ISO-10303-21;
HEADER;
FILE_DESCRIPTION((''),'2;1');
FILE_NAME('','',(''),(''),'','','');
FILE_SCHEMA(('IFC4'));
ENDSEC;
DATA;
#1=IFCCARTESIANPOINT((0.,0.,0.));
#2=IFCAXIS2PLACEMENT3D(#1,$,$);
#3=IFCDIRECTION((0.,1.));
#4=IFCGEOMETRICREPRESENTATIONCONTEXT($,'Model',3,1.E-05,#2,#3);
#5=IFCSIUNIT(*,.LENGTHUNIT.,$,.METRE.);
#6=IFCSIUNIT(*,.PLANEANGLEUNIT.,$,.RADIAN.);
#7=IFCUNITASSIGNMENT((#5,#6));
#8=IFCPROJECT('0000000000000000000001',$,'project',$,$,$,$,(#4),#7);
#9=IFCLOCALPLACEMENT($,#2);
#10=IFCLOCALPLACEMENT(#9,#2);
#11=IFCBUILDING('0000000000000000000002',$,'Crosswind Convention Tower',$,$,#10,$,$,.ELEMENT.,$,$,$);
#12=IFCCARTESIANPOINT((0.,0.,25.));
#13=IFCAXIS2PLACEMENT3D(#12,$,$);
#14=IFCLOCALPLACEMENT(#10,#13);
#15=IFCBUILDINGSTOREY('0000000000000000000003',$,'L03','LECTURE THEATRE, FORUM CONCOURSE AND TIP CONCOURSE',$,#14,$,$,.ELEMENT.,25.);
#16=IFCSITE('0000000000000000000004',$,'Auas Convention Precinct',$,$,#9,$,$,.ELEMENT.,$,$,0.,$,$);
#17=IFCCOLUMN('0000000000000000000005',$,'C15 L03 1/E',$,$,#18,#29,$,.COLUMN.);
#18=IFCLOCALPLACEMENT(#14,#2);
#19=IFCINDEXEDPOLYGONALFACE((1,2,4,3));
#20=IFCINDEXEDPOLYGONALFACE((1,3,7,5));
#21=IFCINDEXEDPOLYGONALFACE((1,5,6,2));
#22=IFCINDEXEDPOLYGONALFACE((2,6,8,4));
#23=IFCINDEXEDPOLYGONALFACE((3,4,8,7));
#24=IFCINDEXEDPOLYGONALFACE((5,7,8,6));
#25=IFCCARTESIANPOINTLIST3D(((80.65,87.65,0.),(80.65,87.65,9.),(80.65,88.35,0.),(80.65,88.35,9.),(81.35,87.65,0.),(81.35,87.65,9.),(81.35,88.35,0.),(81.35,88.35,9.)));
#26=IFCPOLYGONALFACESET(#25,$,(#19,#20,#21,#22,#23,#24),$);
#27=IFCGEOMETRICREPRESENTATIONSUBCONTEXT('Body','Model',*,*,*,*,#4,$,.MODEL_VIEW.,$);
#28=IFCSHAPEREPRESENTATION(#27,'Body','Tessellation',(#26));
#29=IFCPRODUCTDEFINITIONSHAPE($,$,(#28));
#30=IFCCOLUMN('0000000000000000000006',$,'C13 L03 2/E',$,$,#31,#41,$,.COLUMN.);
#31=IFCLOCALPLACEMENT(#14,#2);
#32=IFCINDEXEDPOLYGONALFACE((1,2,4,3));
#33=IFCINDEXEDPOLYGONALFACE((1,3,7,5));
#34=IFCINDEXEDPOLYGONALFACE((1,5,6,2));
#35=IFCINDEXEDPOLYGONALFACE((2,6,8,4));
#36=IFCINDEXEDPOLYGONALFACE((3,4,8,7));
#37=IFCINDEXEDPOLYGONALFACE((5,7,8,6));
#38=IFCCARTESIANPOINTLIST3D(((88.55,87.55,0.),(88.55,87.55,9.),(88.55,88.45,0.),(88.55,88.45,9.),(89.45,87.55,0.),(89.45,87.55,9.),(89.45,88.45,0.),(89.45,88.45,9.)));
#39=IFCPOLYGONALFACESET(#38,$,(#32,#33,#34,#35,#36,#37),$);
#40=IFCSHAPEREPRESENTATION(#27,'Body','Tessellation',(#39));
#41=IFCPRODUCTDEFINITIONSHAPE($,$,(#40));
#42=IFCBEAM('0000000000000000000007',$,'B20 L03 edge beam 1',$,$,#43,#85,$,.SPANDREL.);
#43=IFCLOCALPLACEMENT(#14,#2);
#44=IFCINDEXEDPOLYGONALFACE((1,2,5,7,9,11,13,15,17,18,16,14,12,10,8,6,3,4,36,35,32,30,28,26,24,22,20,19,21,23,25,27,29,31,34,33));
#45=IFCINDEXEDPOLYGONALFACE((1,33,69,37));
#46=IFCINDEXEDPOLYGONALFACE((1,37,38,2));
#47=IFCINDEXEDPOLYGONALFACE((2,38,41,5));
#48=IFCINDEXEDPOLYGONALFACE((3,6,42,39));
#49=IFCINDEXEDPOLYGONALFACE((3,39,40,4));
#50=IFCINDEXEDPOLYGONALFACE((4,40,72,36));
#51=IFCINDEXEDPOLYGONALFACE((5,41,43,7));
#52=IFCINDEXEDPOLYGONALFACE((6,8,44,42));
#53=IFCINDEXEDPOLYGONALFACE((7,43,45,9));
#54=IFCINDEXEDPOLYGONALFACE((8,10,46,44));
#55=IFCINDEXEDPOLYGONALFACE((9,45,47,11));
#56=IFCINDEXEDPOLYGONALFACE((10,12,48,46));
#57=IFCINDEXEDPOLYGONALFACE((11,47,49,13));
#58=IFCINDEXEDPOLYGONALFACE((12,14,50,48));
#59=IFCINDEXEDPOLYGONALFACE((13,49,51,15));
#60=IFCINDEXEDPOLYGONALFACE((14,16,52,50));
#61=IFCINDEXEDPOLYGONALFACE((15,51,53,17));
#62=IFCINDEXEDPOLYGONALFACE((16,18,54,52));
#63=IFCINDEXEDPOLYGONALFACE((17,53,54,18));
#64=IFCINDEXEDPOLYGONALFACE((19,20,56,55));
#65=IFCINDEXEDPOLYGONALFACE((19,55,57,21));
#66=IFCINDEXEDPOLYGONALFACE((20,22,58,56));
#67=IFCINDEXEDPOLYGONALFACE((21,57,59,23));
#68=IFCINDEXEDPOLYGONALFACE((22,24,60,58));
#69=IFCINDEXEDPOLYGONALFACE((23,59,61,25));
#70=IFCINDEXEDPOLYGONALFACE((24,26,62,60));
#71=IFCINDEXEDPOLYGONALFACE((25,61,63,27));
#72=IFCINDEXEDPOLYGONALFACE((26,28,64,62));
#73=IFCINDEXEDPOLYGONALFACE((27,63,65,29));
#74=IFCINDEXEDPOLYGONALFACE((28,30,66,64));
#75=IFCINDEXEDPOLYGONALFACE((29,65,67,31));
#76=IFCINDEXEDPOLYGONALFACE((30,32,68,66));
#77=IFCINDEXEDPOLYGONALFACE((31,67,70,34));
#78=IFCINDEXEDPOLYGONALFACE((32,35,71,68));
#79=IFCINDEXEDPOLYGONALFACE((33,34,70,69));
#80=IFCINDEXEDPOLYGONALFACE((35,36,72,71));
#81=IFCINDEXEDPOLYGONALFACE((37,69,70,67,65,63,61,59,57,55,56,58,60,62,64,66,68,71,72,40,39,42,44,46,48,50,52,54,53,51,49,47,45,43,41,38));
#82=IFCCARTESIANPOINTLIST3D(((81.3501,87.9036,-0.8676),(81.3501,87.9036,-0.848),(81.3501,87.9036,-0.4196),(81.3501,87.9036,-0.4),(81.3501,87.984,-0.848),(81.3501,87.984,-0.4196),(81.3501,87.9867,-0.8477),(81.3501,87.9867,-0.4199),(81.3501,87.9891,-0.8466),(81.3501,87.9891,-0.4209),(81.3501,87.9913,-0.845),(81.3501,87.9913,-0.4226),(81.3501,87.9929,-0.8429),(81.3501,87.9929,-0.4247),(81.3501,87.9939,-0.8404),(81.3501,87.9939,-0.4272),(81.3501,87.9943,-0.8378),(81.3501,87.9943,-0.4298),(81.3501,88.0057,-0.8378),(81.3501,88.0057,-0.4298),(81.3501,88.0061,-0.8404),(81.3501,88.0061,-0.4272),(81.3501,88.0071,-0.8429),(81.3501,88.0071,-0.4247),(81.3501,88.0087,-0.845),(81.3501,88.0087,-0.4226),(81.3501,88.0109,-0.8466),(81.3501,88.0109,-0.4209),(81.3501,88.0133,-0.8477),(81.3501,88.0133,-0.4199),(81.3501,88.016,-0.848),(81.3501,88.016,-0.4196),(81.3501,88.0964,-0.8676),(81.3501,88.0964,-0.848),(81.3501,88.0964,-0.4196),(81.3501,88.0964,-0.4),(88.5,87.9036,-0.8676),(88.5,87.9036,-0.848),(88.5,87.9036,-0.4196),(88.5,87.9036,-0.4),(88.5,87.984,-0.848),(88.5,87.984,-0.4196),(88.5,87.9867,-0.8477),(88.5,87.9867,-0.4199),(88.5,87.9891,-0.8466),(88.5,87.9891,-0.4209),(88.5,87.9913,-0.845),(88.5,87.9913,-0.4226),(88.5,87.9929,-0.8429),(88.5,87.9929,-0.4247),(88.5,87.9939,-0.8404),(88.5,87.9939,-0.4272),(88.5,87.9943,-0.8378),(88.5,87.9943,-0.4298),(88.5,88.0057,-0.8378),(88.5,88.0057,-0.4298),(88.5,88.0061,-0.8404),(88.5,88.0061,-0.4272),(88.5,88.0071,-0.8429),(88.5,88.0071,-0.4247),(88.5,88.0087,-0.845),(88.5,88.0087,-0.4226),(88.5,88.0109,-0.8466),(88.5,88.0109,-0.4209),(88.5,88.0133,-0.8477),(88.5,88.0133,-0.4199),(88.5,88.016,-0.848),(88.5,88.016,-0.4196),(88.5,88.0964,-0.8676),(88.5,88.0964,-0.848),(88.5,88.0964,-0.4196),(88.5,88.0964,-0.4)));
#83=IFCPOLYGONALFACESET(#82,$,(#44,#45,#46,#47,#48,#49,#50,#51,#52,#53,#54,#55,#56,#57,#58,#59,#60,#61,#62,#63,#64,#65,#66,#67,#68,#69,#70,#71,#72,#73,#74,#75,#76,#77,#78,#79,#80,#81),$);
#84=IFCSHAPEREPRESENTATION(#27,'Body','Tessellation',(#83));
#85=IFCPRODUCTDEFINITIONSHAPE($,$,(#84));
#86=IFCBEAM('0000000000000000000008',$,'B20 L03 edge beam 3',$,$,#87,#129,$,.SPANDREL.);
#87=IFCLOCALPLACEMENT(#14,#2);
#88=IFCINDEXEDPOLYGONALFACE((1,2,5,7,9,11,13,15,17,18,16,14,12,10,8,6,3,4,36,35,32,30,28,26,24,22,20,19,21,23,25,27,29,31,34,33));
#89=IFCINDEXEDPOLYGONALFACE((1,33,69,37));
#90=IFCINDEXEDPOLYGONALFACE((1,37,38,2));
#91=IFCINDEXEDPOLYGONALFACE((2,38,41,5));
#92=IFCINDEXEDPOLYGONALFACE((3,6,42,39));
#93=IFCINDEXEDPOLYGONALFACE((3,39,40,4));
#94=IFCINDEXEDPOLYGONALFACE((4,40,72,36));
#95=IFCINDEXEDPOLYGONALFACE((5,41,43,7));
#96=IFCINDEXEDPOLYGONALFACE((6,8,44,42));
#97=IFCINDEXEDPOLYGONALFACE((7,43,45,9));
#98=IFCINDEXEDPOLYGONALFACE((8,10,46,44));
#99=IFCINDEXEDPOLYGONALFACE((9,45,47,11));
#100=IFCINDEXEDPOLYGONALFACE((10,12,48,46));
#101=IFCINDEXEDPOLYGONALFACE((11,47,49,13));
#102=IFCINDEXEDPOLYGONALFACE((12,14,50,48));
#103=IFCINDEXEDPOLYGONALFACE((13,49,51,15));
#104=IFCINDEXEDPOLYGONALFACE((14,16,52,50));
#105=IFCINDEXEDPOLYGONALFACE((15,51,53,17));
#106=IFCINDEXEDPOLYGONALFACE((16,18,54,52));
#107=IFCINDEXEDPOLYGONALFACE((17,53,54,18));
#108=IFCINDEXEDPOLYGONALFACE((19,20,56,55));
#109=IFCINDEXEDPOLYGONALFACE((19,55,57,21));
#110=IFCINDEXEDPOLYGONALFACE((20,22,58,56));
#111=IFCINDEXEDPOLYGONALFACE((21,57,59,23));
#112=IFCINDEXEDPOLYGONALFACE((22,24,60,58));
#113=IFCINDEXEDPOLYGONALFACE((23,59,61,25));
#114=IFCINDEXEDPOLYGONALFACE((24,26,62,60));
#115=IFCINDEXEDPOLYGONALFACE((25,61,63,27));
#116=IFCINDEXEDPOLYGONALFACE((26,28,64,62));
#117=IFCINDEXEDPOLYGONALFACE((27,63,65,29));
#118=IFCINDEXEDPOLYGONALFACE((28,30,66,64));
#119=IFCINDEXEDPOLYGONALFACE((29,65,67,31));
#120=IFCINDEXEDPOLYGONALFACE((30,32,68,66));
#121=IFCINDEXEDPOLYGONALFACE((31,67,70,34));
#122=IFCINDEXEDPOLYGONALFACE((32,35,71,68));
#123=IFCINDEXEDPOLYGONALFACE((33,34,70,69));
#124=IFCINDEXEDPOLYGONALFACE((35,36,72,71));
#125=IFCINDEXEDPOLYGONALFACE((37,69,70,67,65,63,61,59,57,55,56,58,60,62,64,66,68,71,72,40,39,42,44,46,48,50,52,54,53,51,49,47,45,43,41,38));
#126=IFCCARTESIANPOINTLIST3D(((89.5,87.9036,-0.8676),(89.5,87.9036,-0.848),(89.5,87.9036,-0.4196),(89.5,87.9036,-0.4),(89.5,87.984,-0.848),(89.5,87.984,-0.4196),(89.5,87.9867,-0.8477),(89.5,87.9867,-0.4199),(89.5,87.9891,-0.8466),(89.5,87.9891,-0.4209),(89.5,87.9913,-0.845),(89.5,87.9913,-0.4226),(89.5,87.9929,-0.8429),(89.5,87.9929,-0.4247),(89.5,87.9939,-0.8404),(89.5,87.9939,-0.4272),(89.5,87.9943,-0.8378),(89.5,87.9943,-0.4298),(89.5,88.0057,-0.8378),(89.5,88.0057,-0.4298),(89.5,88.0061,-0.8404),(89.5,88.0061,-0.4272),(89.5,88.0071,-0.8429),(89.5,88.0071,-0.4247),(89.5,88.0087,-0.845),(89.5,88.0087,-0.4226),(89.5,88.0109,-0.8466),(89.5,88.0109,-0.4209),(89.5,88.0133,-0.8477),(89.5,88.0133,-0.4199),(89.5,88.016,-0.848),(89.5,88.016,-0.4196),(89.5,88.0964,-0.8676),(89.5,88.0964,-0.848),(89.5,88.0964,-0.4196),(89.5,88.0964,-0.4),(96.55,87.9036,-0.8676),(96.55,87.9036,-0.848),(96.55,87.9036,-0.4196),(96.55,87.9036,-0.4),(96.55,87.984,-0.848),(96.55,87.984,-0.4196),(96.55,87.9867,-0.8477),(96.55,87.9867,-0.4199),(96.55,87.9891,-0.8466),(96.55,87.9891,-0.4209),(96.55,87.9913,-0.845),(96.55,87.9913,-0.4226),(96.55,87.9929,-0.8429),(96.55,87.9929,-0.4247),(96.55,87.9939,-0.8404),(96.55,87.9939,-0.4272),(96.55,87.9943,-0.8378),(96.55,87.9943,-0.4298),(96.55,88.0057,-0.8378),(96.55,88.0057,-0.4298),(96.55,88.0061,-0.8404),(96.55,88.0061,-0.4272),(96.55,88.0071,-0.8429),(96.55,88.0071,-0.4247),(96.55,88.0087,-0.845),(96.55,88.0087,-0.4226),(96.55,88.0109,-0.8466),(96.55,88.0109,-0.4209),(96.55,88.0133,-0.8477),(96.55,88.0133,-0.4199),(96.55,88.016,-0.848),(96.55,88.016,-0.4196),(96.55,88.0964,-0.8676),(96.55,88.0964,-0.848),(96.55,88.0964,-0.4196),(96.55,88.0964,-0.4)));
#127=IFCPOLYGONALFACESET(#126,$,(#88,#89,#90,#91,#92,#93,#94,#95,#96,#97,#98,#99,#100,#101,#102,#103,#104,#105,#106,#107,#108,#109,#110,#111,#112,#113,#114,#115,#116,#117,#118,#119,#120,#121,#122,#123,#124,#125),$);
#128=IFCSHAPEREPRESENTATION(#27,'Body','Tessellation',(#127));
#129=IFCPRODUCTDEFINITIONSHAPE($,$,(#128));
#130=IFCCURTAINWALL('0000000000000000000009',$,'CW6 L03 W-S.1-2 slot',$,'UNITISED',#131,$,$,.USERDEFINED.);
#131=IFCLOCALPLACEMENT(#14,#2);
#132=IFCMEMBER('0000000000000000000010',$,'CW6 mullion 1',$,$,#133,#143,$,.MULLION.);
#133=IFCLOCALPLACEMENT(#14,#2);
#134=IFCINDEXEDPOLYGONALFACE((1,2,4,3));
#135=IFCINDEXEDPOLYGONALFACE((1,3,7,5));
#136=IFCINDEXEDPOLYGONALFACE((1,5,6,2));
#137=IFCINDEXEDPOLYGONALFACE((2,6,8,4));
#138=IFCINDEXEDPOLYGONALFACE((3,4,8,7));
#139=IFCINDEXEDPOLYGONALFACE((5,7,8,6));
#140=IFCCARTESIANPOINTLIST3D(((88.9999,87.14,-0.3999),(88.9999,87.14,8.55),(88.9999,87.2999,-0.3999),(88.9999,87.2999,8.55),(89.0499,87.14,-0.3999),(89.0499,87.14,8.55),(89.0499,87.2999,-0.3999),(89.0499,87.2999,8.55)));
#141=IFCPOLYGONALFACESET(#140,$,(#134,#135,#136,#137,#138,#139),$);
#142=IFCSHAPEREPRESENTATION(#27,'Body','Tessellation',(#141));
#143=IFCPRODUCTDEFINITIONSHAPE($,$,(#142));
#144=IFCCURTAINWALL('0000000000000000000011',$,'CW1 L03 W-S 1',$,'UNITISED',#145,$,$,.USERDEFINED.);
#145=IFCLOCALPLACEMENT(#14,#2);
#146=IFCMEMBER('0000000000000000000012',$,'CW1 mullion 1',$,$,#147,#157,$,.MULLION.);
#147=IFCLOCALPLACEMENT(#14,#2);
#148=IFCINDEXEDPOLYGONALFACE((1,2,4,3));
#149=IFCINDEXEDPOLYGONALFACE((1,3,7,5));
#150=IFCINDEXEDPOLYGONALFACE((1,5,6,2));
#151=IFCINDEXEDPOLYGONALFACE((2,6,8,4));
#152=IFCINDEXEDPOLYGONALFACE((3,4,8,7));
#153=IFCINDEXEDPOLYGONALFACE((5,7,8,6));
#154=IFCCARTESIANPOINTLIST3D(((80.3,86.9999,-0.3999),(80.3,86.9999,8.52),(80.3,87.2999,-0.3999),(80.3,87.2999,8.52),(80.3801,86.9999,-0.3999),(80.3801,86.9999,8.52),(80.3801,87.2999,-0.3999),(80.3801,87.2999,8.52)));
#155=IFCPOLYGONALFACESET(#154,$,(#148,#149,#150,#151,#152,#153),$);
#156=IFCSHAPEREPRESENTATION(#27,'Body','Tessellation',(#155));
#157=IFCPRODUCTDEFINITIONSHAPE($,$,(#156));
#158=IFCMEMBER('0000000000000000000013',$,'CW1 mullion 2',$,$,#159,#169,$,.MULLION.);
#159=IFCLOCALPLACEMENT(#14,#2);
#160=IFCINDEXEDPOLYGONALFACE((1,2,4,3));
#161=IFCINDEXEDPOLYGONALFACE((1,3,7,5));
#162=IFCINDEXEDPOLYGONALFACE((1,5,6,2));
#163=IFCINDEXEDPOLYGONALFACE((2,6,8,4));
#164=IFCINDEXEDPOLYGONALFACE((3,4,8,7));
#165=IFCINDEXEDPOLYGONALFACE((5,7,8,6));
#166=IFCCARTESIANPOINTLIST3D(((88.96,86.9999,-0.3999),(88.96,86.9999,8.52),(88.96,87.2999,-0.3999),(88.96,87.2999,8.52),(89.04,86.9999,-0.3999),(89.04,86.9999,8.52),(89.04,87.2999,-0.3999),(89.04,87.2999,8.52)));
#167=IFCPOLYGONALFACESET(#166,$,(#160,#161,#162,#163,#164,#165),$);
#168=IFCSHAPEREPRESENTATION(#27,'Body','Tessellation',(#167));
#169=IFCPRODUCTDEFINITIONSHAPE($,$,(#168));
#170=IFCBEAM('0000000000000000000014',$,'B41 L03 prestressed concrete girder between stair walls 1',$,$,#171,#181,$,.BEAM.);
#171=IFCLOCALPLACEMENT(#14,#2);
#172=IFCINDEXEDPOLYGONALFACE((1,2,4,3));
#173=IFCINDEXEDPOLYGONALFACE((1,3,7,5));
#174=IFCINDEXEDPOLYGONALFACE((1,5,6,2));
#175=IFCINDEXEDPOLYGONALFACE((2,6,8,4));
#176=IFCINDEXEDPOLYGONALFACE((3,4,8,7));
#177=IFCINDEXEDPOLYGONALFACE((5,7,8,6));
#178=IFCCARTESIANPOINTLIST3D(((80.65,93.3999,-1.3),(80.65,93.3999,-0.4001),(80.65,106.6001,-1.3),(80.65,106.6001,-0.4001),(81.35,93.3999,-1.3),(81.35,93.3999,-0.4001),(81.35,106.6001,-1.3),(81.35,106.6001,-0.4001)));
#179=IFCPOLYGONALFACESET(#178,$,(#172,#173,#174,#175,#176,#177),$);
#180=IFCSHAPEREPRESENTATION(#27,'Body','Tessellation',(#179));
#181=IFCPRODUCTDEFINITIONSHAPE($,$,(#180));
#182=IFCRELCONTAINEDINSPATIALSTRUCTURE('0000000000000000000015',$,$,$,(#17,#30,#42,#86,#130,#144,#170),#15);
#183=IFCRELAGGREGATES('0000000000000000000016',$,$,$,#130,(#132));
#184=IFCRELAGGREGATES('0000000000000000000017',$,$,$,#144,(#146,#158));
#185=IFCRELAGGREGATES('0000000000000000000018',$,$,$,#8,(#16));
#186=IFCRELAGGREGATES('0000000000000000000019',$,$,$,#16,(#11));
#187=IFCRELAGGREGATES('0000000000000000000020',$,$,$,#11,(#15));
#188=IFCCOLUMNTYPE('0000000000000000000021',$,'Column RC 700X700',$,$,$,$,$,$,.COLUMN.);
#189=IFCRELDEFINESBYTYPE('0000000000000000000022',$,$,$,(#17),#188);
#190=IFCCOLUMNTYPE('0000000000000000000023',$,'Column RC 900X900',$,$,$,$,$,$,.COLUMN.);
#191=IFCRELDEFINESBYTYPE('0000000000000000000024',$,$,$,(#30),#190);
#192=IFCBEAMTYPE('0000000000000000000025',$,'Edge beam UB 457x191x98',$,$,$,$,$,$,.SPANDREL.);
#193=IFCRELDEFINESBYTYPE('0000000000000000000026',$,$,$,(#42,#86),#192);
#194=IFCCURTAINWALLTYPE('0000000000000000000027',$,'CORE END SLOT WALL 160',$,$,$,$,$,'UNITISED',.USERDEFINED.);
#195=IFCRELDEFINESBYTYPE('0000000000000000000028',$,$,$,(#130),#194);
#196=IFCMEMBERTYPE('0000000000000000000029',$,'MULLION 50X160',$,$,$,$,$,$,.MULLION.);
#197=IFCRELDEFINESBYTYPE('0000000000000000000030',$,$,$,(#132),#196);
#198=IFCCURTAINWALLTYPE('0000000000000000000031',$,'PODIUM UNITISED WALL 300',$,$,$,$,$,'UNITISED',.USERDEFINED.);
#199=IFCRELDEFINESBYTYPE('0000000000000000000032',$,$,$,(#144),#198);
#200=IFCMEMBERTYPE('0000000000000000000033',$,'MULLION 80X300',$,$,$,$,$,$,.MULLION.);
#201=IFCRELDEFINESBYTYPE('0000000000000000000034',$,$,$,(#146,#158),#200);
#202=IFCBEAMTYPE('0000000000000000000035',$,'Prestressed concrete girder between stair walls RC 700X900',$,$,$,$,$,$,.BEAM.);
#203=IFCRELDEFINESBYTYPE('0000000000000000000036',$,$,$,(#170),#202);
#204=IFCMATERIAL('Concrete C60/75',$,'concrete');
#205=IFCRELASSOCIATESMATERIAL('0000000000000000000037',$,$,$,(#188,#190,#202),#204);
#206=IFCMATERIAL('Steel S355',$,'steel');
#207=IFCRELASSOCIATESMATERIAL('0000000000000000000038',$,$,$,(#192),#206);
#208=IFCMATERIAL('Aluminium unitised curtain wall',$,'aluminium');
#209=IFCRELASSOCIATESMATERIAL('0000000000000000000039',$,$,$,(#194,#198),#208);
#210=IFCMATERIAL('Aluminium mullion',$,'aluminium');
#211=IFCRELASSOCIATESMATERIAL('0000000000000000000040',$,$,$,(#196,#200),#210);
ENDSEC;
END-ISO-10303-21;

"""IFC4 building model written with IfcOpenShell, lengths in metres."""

from ifc_helpers import new_model, si_unit, direction, frame, origin, origin_2d, place, context, subcontext, project, spatial, rectangle, i_section, extrude, material, material_profile, profile_set, type_object, element, aggregate, save


model = new_model("IFC4")

# Units and contexts
model_context = context("Model", 3, precision=1e-05, world=origin(), true_north=direction((0.0, 1.0)))
body_context = subcontext(model_context, "Body", "Model", "MODEL_VIEW")
ifc_project = project(units=[si_unit("LENGTHUNIT", "METRE"), si_unit("PLANEANGLEUNIT", "RADIAN")], contexts=[model_context])

# Site, building, storey
site_placement = place(None, origin())
site = spatial("IfcSite", under=ifc_project, at=site_placement, Name="Auas Convention Precinct", CompositionType="ELEMENT", RefElevation=0.0)
building_placement = place(site_placement, origin())
building = spatial("IfcBuilding", under=site, at=building_placement, Name="Crosswind Convention Tower", CompositionType="ELEMENT")
storey_placement = place(building_placement, frame((0.0, 0.0, 25.0)))
storey = spatial("IfcBuildingStorey", under=building, at=storey_placement, Name="L03", Description="LECTURE THEATRE, FORUM CONCOURSE AND TIP CONCOURSE", CompositionType="ELEMENT", Elevation=25.0)

# Columns
ifc_material_1 = material(Name="Concrete C60/75", Category="concrete")
ifc_material_profile_1 = material_profile(ifc_material_1, rectangle(XDim=0.7, YDim=0.7, at=origin_2d()), Name="RC 700X700")
ifc_profile_set_1 = profile_set([ifc_material_profile_1], Name="Concrete C60/75")
column_type_1 = type_object("IfcColumnType", Name="Column RC 700X700", PredefinedType="COLUMN", material=ifc_profile_set_1)
column_1_placement = place(storey_placement, frame((81.0, 88.0, 0.0), z_axis=(0.0, 0.0, 1.0), x_axis=(1.0, 0.0, 0.0)))
element("IfcColumn", 1, at=column_1_placement, inside=storey, type_object=column_type_1, Name="C15 L03 1/E", PredefinedType="COLUMN", context=body_context, shape_type="SweptSolid", body=[
    extrude(rectangle(XDim=0.7, YDim=0.7, at=origin_2d()), origin(), (0.0, 0.0, 1.0), 9.0),
])
ifc_material_profile_2 = material_profile(ifc_material_1, rectangle(XDim=0.8999, YDim=0.8999, at=origin_2d()), Name="RC 900X900")
ifc_profile_set_2 = profile_set([ifc_material_profile_2], Name="Concrete C60/75")
column_type_2 = type_object("IfcColumnType", Name="Column RC 900X900", PredefinedType="COLUMN", material=ifc_profile_set_2)
column_2_placement = place(storey_placement, frame((89.0, 88.0, 0.0), z_axis=(0.0, 0.0, 1.0), x_axis=(1.0, 0.0, 0.0)))
element("IfcColumn", 2, at=column_2_placement, inside=storey, type_object=column_type_2, Name="C13 L03 2/E", PredefinedType="COLUMN", context=body_context, shape_type="SweptSolid", body=[
    extrude(rectangle(XDim=0.8999, YDim=0.8999, at=origin_2d()), origin(), (0.0, 0.0, 1.0), 9.0),
])

# Beams
ifc_material_2 = material(Name="Steel S355", Category="steel")
ifc_material_profile_3 = material_profile(ifc_material_2, i_section(OverallWidth=0.1929, OverallDepth=0.4675, WebThickness=0.0115, FlangeThickness=0.0195, FilletRadius=0.0103, at=origin_2d()), Name="UB 457x191x98")
ifc_profile_set_3 = profile_set([ifc_material_profile_3], Name="Steel S355")
beam_type_1 = type_object("IfcBeamType", Name="Edge beam UB 457x191x98", PredefinedType="SPANDREL", material=ifc_profile_set_3)
beam_1_placement = place(storey_placement, frame((81.3501, 88.0, -0.6338), z_axis=(1.0, 0.0, 0.0), x_axis=(0.0, 1.0, 0.0)))
element("IfcBeam", 3, at=beam_1_placement, inside=storey, type_object=beam_type_1, Name="B20 L03 edge beam 1", PredefinedType="SPANDREL", context=body_context, shape_type="SweptSolid", body=[
    extrude(i_section(OverallWidth=0.1929, OverallDepth=0.4675, WebThickness=0.0115, FlangeThickness=0.0195, FilletRadius=0.0103, at=origin_2d()), origin(), (0.0, 0.0, 1.0), 7.1499),
])
beam_2_placement = place(storey_placement, frame((89.5, 88.0, -0.6338), z_axis=(1.0, 0.0, 0.0), x_axis=(0.0, 1.0, 0.0)))
element("IfcBeam", 4, at=beam_2_placement, inside=storey, type_object=beam_type_1, Name="B20 L03 edge beam 3", PredefinedType="SPANDREL", context=body_context, shape_type="SweptSolid", body=[
    extrude(i_section(OverallWidth=0.1929, OverallDepth=0.4675, WebThickness=0.0115, FlangeThickness=0.0195, FilletRadius=0.0103, at=origin_2d()), origin(), (0.0, 0.0, 1.0), 7.05),
])

# Curtain wall, member
ifc_material_3 = material(Name="Aluminium unitised curtain wall", Category="aluminium")
curtain_wall_type_1 = type_object("IfcCurtainWallType", Name="CORE END SLOT WALL 160", ElementType="UNITISED", PredefinedType="USERDEFINED", material=ifc_material_3)
curtain_wall_1_placement = place(storey_placement, origin())
curtain_wall_1 = element("IfcCurtainWall", 5, at=curtain_wall_1_placement, inside=storey, type_object=curtain_wall_type_1, Name="CW6 L03 W-S.1-2 slot", ObjectType="UNITISED", PredefinedType="USERDEFINED")
ifc_material_4 = material(Name="Aluminium mullion", Category="aluminium")
ifc_material_profile_4 = material_profile(ifc_material_4, rectangle(XDim=0.1599, YDim=0.05, at=origin_2d()), Name="AL 160X50")
ifc_profile_set_4 = profile_set([ifc_material_profile_4], Name="Aluminium mullion")
member_type_1 = type_object("IfcMemberType", Name="MULLION 50X160", PredefinedType="MULLION", material=ifc_profile_set_4)
member_1_placement = place(storey_placement, frame((89.0249, 87.22, -0.3999), z_axis=(0.0, 0.0, 1.0), x_axis=(0.0, -1.0, 0.0)))
member_1 = element("IfcMember", 6, at=member_1_placement, type_object=member_type_1, Name="CW6 mullion 1", PredefinedType="MULLION", context=body_context, shape_type="SweptSolid", body=[
    extrude(rectangle(XDim=0.1599, YDim=0.05, at=origin_2d()), origin(), (0.0, 0.0, 1.0), 8.95),
])

# Curtain wall, members
curtain_wall_type_2 = type_object("IfcCurtainWallType", Name="PODIUM UNITISED WALL 300", ElementType="UNITISED", PredefinedType="USERDEFINED", material=ifc_material_3)
curtain_wall_2_placement = place(storey_placement, origin())
curtain_wall_2 = element("IfcCurtainWall", 7, at=curtain_wall_2_placement, inside=storey, type_object=curtain_wall_type_2, Name="CW1 L03 W-S 1", ObjectType="UNITISED", PredefinedType="USERDEFINED")
ifc_material_profile_5 = material_profile(ifc_material_4, rectangle(XDim=0.3, YDim=0.0801, at=origin_2d()), Name="AL 300X80")
ifc_profile_set_5 = profile_set([ifc_material_profile_5], Name="Aluminium mullion")
member_type_2 = type_object("IfcMemberType", Name="MULLION 80X300", PredefinedType="MULLION", material=ifc_profile_set_5)
member_2_placement = place(storey_placement, frame((80.3401, 87.1499, -0.3999), z_axis=(0.0, 0.0, 1.0), x_axis=(0.0, -1.0, 0.0)))
member_2 = element("IfcMember", 8, at=member_2_placement, type_object=member_type_2, Name="CW1 mullion 1", PredefinedType="MULLION", context=body_context, shape_type="SweptSolid", body=[
    extrude(rectangle(XDim=0.3, YDim=0.0801, at=origin_2d()), origin(), (0.0, 0.0, 1.0), 8.9199),
])
member_3_placement = place(storey_placement, frame((89.0, 87.1499, -0.3999), z_axis=(0.0, 0.0, 1.0), x_axis=(0.0, -1.0, 0.0)))
member_3 = element("IfcMember", 9, at=member_3_placement, type_object=member_type_2, Name="CW1 mullion 2", PredefinedType="MULLION", context=body_context, shape_type="SweptSolid", body=[
    extrude(rectangle(XDim=0.3, YDim=0.0801, at=origin_2d()), origin(), (0.0, 0.0, 1.0), 8.9199),
])

# Beam
ifc_material_profile_6 = material_profile(ifc_material_1, rectangle(XDim=0.7, YDim=0.8999, at=origin_2d()), Name="RC 700X900")
ifc_profile_set_6 = profile_set([ifc_material_profile_6], Name="Concrete C60/75")
beam_type_2 = type_object("IfcBeamType", Name="Prestressed concrete girder between stair walls RC 700X900", PredefinedType="BEAM", material=ifc_profile_set_6)
beam_3_placement = place(storey_placement, frame((81.0, 93.3999, -0.8501), z_axis=(0.0, 1.0, 0.0), x_axis=(-1.0, 0.0, 0.0)))
element("IfcBeam", 10, at=beam_3_placement, inside=storey, type_object=beam_type_2, Name="B41 L03 prestressed concrete girder between stair walls 1", PredefinedType="BEAM", context=body_context, shape_type="SweptSolid", body=[
    extrude(rectangle(XDim=0.7, YDim=0.8999, at=origin_2d()), origin(), (0.0, 0.0, 1.0), 13.2002),
])

aggregate(curtain_wall_1, [member_1])

aggregate(curtain_wall_2, [member_2, member_3])

save(model, "model.ifc")
